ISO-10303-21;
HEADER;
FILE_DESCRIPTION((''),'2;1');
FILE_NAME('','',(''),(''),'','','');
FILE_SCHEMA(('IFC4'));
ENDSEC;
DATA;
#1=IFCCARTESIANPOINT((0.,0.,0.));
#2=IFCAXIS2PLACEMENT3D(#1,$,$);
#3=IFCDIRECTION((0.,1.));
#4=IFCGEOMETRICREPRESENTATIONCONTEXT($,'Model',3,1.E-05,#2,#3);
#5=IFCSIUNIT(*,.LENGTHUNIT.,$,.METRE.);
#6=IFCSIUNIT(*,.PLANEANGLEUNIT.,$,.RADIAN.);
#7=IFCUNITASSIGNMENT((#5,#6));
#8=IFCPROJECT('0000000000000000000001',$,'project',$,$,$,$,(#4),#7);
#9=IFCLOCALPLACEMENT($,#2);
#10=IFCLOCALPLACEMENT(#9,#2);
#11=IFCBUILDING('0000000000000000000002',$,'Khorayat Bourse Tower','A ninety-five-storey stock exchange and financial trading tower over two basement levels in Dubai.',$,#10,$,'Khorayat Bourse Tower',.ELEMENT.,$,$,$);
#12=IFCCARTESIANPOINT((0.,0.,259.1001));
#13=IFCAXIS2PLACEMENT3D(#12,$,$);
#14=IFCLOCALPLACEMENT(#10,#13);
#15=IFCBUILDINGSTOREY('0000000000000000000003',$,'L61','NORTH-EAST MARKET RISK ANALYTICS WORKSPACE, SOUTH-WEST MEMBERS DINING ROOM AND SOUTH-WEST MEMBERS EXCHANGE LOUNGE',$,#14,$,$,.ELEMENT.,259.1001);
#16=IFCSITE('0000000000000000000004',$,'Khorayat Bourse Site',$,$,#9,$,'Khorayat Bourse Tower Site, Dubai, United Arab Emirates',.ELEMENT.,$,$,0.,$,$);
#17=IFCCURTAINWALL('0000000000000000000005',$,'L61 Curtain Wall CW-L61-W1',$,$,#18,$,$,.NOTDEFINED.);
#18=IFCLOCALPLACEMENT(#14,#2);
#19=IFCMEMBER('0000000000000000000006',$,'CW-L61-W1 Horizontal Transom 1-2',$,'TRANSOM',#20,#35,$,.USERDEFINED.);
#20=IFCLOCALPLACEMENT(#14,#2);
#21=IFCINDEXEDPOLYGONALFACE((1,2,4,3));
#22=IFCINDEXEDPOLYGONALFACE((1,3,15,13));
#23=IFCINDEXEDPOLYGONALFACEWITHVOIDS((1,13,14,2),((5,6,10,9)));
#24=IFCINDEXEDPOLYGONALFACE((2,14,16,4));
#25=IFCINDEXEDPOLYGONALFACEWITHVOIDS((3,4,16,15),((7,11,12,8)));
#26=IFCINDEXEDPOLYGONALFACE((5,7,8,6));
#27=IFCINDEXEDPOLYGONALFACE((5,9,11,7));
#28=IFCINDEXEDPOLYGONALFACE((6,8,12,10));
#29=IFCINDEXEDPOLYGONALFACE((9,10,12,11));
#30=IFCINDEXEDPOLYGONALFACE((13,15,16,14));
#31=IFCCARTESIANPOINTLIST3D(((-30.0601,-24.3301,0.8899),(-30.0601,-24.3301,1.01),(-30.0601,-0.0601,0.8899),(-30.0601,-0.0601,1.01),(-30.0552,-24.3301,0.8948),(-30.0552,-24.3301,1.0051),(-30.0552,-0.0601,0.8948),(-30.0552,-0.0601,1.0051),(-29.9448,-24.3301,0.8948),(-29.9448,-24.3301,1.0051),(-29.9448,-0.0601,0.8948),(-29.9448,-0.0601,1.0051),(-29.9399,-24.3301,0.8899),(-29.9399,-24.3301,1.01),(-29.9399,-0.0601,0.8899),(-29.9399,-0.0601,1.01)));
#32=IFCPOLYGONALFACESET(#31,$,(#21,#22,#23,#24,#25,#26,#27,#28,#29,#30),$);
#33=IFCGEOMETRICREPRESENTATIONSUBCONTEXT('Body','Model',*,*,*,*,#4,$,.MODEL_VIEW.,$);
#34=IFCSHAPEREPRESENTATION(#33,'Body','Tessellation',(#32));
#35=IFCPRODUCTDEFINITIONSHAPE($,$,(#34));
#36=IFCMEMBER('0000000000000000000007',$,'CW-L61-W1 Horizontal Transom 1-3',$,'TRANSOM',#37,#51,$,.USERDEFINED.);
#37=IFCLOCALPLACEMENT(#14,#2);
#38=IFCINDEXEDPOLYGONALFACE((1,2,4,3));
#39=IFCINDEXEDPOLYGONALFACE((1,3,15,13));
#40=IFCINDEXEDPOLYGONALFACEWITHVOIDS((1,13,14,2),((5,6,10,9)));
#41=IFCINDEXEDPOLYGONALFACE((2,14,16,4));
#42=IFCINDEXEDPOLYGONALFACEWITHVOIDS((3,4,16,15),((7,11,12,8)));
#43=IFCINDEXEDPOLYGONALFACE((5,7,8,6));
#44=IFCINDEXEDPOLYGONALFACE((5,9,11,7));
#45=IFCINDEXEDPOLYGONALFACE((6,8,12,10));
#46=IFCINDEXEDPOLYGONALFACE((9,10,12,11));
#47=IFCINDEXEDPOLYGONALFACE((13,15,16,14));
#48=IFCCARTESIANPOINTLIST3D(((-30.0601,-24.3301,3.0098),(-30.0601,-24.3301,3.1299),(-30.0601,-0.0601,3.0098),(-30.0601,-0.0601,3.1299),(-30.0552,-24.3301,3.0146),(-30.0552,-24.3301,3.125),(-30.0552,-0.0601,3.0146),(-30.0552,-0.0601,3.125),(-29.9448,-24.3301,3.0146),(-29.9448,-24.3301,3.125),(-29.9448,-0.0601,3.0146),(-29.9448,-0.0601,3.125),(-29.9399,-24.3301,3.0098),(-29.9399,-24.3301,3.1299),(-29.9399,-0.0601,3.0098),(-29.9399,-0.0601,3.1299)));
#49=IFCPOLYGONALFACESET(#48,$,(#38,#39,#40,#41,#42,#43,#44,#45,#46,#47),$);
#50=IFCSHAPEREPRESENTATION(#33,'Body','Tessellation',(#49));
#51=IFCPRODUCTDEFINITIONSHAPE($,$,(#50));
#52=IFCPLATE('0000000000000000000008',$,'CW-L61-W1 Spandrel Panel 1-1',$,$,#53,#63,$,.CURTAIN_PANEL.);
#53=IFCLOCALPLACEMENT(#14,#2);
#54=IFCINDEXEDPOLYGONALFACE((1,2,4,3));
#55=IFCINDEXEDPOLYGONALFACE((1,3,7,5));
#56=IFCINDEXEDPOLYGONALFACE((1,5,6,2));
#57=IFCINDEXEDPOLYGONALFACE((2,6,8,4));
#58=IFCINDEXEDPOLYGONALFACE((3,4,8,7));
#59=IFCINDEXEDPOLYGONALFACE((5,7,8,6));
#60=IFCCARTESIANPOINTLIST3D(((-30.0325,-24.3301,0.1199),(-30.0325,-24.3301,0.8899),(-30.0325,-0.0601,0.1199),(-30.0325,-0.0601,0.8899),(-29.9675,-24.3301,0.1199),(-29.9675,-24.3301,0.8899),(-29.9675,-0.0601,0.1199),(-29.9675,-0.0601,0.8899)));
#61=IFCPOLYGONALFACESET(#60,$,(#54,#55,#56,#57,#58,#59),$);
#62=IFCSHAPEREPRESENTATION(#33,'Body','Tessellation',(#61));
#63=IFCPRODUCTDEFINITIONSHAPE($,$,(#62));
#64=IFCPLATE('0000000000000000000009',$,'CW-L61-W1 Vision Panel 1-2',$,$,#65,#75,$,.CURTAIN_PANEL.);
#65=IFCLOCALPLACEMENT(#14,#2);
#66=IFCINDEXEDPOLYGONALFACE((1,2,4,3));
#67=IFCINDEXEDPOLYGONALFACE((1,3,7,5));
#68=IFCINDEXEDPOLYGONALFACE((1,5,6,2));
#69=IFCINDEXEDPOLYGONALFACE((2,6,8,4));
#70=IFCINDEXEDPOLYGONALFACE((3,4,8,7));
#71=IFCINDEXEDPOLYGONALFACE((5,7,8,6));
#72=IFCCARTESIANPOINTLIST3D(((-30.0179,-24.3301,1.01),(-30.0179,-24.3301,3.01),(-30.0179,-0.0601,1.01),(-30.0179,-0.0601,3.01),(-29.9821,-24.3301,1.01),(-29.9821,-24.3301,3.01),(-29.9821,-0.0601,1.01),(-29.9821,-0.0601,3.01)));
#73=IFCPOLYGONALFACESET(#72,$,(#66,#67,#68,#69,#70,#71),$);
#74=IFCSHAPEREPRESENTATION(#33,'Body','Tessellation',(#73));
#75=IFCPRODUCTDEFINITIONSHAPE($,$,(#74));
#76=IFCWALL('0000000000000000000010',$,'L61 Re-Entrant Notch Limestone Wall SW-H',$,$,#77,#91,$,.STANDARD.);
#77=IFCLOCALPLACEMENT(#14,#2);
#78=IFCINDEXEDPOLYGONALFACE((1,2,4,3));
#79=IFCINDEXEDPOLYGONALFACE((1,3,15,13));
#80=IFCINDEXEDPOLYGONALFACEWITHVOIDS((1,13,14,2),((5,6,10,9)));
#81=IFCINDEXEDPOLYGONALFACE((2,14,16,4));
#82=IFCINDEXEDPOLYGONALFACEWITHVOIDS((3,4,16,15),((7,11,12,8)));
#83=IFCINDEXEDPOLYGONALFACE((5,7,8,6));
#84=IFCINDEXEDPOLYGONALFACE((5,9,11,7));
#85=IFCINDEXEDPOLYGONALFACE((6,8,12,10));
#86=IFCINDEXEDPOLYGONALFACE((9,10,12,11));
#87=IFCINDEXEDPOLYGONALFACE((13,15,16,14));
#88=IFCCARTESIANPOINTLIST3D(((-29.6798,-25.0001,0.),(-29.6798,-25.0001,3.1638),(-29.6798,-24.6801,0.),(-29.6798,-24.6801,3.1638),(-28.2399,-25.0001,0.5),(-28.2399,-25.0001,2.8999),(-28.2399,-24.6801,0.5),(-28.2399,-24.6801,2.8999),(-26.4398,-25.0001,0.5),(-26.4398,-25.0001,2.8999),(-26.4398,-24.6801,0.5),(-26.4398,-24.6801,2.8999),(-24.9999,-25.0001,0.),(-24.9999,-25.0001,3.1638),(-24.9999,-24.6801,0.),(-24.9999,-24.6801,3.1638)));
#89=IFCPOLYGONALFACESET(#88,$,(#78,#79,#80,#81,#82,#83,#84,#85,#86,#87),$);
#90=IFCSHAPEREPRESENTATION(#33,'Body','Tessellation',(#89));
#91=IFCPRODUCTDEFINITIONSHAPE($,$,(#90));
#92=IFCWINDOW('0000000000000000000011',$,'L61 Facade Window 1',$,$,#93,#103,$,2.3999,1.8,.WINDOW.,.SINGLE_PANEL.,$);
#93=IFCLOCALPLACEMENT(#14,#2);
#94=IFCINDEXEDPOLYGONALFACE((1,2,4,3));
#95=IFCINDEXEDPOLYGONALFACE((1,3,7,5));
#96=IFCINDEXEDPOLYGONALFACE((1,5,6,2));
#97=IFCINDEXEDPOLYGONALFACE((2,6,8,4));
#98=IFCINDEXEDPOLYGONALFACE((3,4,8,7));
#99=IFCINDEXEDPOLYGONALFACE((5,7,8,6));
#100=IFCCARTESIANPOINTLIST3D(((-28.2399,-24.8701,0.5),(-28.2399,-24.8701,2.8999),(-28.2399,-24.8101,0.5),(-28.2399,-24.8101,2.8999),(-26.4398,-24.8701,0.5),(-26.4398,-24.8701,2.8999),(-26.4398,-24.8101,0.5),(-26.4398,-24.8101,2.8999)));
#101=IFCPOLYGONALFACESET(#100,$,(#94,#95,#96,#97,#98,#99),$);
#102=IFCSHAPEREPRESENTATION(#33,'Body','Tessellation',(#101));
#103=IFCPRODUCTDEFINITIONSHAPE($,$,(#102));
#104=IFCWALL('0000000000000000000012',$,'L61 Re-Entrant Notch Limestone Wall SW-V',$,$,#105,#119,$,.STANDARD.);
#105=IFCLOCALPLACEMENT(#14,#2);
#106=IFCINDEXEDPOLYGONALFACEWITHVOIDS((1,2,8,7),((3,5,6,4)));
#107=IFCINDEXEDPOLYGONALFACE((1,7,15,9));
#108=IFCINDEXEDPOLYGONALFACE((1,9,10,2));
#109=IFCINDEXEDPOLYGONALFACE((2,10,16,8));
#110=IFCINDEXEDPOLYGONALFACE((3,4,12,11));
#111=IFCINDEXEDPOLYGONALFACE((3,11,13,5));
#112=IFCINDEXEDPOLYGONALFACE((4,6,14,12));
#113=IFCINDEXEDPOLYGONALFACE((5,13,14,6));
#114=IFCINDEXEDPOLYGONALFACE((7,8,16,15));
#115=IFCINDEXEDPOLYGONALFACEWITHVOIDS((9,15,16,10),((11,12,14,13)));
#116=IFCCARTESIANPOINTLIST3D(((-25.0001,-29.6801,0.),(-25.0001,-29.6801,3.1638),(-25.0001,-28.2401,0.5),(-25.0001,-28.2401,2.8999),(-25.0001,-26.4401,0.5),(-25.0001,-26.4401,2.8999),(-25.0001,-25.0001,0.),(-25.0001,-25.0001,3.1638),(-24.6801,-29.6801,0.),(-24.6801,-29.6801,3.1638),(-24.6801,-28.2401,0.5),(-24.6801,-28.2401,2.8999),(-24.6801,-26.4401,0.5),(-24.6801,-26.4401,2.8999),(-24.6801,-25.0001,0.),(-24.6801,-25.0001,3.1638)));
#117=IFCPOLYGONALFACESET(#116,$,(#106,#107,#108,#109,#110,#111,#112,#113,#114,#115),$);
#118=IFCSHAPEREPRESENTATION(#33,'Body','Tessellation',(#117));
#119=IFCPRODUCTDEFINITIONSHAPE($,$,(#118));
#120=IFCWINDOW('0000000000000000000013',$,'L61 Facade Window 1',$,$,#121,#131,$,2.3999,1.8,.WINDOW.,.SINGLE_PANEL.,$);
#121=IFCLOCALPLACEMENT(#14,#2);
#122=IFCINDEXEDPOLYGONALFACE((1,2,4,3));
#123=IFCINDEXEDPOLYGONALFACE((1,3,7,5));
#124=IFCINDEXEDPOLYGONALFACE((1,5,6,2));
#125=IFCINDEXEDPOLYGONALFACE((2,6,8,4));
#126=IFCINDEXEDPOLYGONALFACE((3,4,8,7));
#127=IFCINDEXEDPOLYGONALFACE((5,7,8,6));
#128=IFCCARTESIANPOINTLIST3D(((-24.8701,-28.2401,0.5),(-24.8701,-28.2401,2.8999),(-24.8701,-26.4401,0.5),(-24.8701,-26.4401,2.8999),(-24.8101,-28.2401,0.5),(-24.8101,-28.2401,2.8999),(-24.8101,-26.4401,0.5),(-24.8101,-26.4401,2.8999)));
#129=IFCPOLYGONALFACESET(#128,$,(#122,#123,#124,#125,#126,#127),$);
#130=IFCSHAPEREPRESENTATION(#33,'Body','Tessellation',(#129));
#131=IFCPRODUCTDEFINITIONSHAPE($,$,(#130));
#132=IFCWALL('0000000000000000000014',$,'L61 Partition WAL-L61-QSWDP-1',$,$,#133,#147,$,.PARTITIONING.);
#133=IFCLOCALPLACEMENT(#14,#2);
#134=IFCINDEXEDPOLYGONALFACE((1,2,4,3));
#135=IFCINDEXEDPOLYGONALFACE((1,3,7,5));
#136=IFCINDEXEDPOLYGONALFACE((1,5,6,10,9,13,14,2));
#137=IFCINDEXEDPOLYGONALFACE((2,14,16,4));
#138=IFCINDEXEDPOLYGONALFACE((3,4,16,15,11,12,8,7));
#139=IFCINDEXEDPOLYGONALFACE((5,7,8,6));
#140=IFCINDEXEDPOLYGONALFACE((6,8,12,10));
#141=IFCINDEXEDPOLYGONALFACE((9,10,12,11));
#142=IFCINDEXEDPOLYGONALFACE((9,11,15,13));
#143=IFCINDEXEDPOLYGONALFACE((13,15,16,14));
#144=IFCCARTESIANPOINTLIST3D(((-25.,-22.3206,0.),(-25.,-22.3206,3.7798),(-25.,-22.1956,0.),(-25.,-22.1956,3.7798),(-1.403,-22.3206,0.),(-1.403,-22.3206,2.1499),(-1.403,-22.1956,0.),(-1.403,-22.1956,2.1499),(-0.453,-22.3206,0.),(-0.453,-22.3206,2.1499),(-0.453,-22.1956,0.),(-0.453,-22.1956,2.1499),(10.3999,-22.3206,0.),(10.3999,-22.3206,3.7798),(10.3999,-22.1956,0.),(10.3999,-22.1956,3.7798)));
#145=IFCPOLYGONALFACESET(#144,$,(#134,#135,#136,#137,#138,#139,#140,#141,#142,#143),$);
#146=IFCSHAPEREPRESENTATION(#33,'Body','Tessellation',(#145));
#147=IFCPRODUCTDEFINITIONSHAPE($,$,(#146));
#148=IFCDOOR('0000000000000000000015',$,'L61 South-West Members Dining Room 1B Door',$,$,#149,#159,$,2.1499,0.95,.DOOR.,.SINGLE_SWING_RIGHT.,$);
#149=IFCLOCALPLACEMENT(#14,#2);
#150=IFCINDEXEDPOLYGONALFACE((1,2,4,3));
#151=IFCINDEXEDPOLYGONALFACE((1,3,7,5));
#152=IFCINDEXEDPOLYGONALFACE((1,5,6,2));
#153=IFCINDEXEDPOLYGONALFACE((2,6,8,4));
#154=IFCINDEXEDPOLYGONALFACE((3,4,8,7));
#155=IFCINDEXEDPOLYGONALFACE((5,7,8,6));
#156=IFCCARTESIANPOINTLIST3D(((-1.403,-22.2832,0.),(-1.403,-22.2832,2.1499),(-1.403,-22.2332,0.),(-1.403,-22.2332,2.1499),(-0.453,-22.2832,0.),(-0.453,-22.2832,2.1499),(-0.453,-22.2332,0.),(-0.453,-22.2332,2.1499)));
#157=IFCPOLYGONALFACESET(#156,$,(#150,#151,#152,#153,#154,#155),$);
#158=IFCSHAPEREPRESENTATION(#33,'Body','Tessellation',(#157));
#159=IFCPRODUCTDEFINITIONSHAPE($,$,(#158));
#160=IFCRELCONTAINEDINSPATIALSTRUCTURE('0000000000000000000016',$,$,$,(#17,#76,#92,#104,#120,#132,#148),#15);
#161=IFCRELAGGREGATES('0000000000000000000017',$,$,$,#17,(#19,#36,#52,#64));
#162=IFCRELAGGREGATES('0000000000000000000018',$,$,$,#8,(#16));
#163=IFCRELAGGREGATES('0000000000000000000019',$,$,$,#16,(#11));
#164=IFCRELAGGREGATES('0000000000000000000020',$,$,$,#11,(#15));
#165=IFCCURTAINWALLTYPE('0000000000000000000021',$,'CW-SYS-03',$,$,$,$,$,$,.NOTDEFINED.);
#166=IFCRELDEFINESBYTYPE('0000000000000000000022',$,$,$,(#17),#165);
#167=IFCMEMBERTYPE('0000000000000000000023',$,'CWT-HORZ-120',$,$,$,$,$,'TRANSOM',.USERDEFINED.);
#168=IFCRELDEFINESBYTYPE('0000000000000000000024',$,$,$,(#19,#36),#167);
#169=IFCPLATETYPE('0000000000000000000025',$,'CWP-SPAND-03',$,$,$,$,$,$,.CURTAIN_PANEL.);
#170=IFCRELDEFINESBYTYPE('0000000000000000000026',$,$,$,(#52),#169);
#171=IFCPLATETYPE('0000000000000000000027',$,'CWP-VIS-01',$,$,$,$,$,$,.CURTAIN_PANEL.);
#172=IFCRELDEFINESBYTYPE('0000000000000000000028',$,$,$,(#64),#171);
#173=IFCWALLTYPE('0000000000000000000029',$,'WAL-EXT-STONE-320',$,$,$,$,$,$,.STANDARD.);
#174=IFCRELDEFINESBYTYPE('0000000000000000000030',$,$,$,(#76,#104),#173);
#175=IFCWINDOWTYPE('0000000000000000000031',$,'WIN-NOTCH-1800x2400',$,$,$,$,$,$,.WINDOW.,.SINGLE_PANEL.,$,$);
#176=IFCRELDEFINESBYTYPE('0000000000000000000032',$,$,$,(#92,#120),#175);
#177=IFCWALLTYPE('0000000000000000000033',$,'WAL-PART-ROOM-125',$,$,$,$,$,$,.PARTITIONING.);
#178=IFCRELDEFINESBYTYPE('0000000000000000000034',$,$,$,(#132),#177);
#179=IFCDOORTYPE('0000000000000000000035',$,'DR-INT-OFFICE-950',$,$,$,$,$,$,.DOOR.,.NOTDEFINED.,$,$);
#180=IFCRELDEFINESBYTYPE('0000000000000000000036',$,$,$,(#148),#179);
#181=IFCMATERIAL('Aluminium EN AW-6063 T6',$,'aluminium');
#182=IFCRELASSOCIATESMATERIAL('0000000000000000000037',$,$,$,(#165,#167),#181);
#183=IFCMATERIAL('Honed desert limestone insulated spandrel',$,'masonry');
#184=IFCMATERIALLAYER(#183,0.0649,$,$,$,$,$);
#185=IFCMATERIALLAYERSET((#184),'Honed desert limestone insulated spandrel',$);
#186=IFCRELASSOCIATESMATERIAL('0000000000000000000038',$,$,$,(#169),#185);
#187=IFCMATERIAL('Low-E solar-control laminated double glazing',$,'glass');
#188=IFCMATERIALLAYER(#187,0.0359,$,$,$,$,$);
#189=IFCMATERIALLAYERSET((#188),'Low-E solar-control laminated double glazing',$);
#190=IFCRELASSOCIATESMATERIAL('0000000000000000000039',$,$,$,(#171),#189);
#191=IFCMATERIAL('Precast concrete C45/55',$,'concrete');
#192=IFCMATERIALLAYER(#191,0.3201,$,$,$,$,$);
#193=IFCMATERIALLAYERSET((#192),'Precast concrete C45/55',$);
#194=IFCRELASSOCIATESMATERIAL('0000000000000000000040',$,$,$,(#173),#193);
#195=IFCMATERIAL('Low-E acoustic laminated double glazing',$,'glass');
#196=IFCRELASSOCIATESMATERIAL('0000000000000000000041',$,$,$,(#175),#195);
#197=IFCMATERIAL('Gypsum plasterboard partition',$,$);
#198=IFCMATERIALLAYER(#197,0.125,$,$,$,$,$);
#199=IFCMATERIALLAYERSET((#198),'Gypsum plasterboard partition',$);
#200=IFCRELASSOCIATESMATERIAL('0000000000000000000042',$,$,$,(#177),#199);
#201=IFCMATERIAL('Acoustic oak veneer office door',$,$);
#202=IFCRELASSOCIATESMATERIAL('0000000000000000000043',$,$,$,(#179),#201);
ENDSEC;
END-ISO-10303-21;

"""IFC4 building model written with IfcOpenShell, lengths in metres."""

from ifc_helpers import new_model, si_unit, direction, frame, frame_2d, origin, origin_2d, place, context, subcontext, project, spatial, rectangle, hollow_rectangle, extrude, source, transform, mapped, material, layer, layer_set, material_profile, profile_set, type_object, element, fill, aggregate, save


model = new_model("IFC4")

# Units and contexts
model_context = context("Model", 3, precision=1e-05, world=origin(), true_north=direction((0.0, 1.0)))
body_context = subcontext(model_context, "Body", "Model", "MODEL_VIEW")
ifc_project = project(units=[si_unit("LENGTHUNIT", "METRE"), si_unit("PLANEANGLEUNIT", "RADIAN")], contexts=[model_context])

# Site, building, storey
site_placement = place(None, origin())
site = spatial("IfcSite", under=ifc_project, at=site_placement, Name="Khorayat Bourse Site", LongName="Khorayat Bourse Tower Site, Dubai, United Arab Emirates", CompositionType="ELEMENT", RefElevation=0.0)
building_placement = place(site_placement, origin())
building = spatial("IfcBuilding", under=site, at=building_placement, Name="Khorayat Bourse Tower", Description="A ninety-five-storey stock exchange and financial trading tower over two basement levels in Dubai.", LongName="Khorayat Bourse Tower", CompositionType="ELEMENT")
storey_placement = place(building_placement, frame((0.0, 0.0, 259.1001)))
storey = spatial("IfcBuildingStorey", under=building, at=storey_placement, Name="L61", Description="NORTH-EAST MARKET RISK ANALYTICS WORKSPACE, SOUTH-WEST MEMBERS DINING ROOM AND SOUTH-WEST MEMBERS EXCHANGE LOUNGE", CompositionType="ELEMENT", Elevation=259.1001)

# Shared definitions
ifc_material_1 = material(Name="Aluminium EN AW-6063 T6", Category="aluminium")
curtain_wall_type = type_object("IfcCurtainWallType", Name="CW-SYS-03", PredefinedType="NOTDEFINED", material=ifc_material_1)

# Curtain wall, members, plates
curtain_wall_1_placement = place(storey_placement, origin())
curtain_wall_1 = element("IfcCurtainWall", 1, at=curtain_wall_1_placement, inside=storey, type_object=curtain_wall_type, Name="L61 Curtain Wall CW-L61-W1", PredefinedType="NOTDEFINED")
ifc_material_profile_1 = material_profile(ifc_material_1, hollow_rectangle(XDim=0.1201, YDim=0.1201, WallThickness=0.0049, at=origin_2d()), Name="ALU 120x120x5")
ifc_profile_set_1 = profile_set([ifc_material_profile_1], Name="Aluminium EN AW-6063 T6")
member_type_1 = type_object("IfcMemberType", Name="CWT-HORZ-120", ElementType="TRANSOM", PredefinedType="USERDEFINED", material=ifc_profile_set_1)
shared_shape_1 = source(origin(), body_context, "Body", "SweptSolid", [
    extrude(hollow_rectangle(XDim=0.1201, YDim=0.1201, WallThickness=0.0049, at=origin_2d()), origin(), (0.0, 0.0, 1.0), 24.27),
])
member_1_placement = place(storey_placement, frame((-30.0, -24.3301, 0.95), z_axis=(0.0, 1.0, 0.0), x_axis=(-1.0, 0.0, 0.0)))
member_1 = element("IfcMember", 2, at=member_1_placement, type_object=member_type_1, Name="CW-L61-W1 Horizontal Transom 1-2", ObjectType="TRANSOM", PredefinedType="USERDEFINED", context=body_context, shape_type="MappedRepresentation", body=[
    mapped(shared_shape_1, transform((0.0, 0.0, 0.0), scale=1.0)),
])
member_2_placement = place(storey_placement, frame((-30.0, -24.3301, 3.0698), z_axis=(0.0, 1.0, 0.0), x_axis=(-1.0, 0.0, 0.0)))
member_2 = element("IfcMember", 3, at=member_2_placement, type_object=member_type_1, Name="CW-L61-W1 Horizontal Transom 1-3", ObjectType="TRANSOM", PredefinedType="USERDEFINED", context=body_context, shape_type="MappedRepresentation", body=[
    mapped(shared_shape_1, transform((0.0, 0.0, 0.0), scale=1.0)),
])
ifc_material_2 = material(Name="Honed desert limestone insulated spandrel", Category="masonry")
ifc_layer_1 = layer(ifc_material_2, 0.0649)
ifc_layer_set_1 = layer_set([ifc_layer_1], Name="Honed desert limestone insulated spandrel")
plate_type_1 = type_object("IfcPlateType", Name="CWP-SPAND-03", PredefinedType="CURTAIN_PANEL", material=ifc_layer_set_1)
shared_shape_2 = source(origin(), body_context, "Body", "SweptSolid", [
    extrude(rectangle(XDim=24.27, YDim=0.0649, at=origin_2d()), origin(), (0.0, 0.0, 1.0), 0.77),
])
plate_1_placement = place(storey_placement, frame((-30.0, -12.1951, 0.1199), z_axis=(0.0, 0.0, 1.0), x_axis=(0.0, 1.0, 0.0)))
plate_1 = element("IfcPlate", 4, at=plate_1_placement, type_object=plate_type_1, Name="CW-L61-W1 Spandrel Panel 1-1", PredefinedType="CURTAIN_PANEL", context=body_context, shape_type="MappedRepresentation", body=[
    mapped(shared_shape_2, transform((0.0, 0.0, 0.0), scale=1.0)),
])
ifc_material_3 = material(Name="Low-E solar-control laminated double glazing", Category="glass")
ifc_layer_2 = layer(ifc_material_3, 0.0359)
ifc_layer_set_2 = layer_set([ifc_layer_2], Name="Low-E solar-control laminated double glazing")
plate_type_2 = type_object("IfcPlateType", Name="CWP-VIS-01", PredefinedType="CURTAIN_PANEL", material=ifc_layer_set_2)
shared_shape_3 = source(origin(), body_context, "Body", "SweptSolid", [
    extrude(rectangle(XDim=24.27, YDim=0.0359, at=origin_2d()), origin(), (0.0, 0.0, 1.0), 2.0),
])
plate_2_placement = place(storey_placement, frame((-30.0, -12.1951, 1.01), z_axis=(0.0, 0.0, 1.0), x_axis=(0.0, 1.0, 0.0)))
plate_2 = element("IfcPlate", 5, at=plate_2_placement, type_object=plate_type_2, Name="CW-L61-W1 Vision Panel 1-2", PredefinedType="CURTAIN_PANEL", context=body_context, shape_type="MappedRepresentation", body=[
    mapped(shared_shape_3, transform((0.0, 0.0, 0.0), scale=1.0)),
])
aggregate(curtain_wall_1, [member_1, member_2, plate_1, plate_2])

# Walls, openings, windows
ifc_material_4 = material(Name="Precast concrete C45/55", Category="concrete")
ifc_layer_3 = layer(ifc_material_4, 0.3201)
ifc_layer_set_3 = layer_set([ifc_layer_3], Name="Precast concrete C45/55")
wall_type_1 = type_object("IfcWallType", Name="WAL-EXT-STONE-320", PredefinedType="STANDARD", material=ifc_layer_set_3)
shared_shape_4 = source(origin(), body_context, "Body", "SweptSolid", [
    extrude(rectangle(XDim=4.6799, YDim=0.3201, at=frame_2d((2.3398, 0.0))), origin(), (0.0, 0.0, 1.0), 3.1638),
])
wall_1_placement = place(storey_placement, frame((-25.0, -24.8401, 0.0), z_axis=(0.0, 0.0, 1.0), x_axis=(-1.0, 0.0, 0.0)))
wall_1 = element("IfcWall", 6, at=wall_1_placement, inside=storey, type_object=wall_type_1, Name="L61 Re-Entrant Notch Limestone Wall SW-H", PredefinedType="STANDARD", context=body_context, shape_type="MappedRepresentation", body=[
    mapped(shared_shape_4, transform((0.0, 0.0, 0.0), scale=1.0)),
])
shared_shape_5 = source(origin(), body_context, "Body", "SweptSolid", [
    extrude(rectangle(XDim=1.8, YDim=2.3999, at=frame_2d((0.8999, 1.2))), frame((0.0, 0.1699, 0.0), z_axis=(0.0, -1.0, 0.0), x_axis=(1.0, 0.0, 0.0)), (0.0, 0.0, 1.0), 0.3401),
])
opening_1_placement = place(wall_1_placement, frame((1.4399, 0.0, 0.5)))
opening_1 = element("IfcOpeningElement", 7, at=opening_1_placement, cuts=wall_1, PredefinedType="OPENING", context=body_context, shape_type="MappedRepresentation", body=[
    mapped(shared_shape_5, transform((0.0, 0.0, 0.0), scale=1.0)),
])
ifc_material_5 = material(Name="Low-E acoustic laminated double glazing", Category="glass")
window_type = type_object("IfcWindowType", Name="WIN-NOTCH-1800x2400", PartitioningType="SINGLE_PANEL", PredefinedType="WINDOW", material=ifc_material_5)
shared_shape_6 = source(origin(), body_context, "Body", "SweptSolid", [
    extrude(rectangle(XDim=1.8, YDim=2.3999, at=frame_2d((0.8999, 1.2))), frame((0.0, 0.03, 0.0), z_axis=(0.0, -1.0, 0.0), x_axis=(1.0, 0.0, 0.0)), (0.0, 0.0, 1.0), 0.0601),
])
window_1_placement = place(opening_1_placement, origin())
window_1 = element("IfcWindow", 8, at=window_1_placement, inside=storey, type_object=window_type, Name="L61 Facade Window 1", OverallHeight=2.3999, OverallWidth=1.8, PartitioningType="SINGLE_PANEL", PredefinedType="WINDOW", context=body_context, shape_type="MappedRepresentation", body=[
    mapped(shared_shape_6, transform((0.0, 0.0, 0.0), scale=1.0)),
])
fill(opening_1, window_1)
wall_2_placement = place(storey_placement, frame((-24.8401, -29.6799, 0.0), z_axis=(0.0, 0.0, 1.0), x_axis=(0.0, 1.0, 0.0)))
wall_2 = element("IfcWall", 9, at=wall_2_placement, inside=storey, type_object=wall_type_1, Name="L61 Re-Entrant Notch Limestone Wall SW-V", PredefinedType="STANDARD", context=body_context, shape_type="MappedRepresentation", body=[
    mapped(shared_shape_4, transform((0.0, 0.0, 0.0), scale=1.0)),
])
opening_2_placement = place(wall_2_placement, frame((1.4399, 0.0, 0.5)))
opening_2 = element("IfcOpeningElement", 10, at=opening_2_placement, cuts=wall_2, PredefinedType="OPENING", context=body_context, shape_type="MappedRepresentation", body=[
    mapped(shared_shape_5, transform((0.0, 0.0, 0.0), scale=1.0)),
])
window_2_placement = place(opening_2_placement, origin())
window_2 = element("IfcWindow", 11, at=window_2_placement, inside=storey, type_object=window_type, Name="L61 Facade Window 1", OverallHeight=2.3999, OverallWidth=1.8, PartitioningType="SINGLE_PANEL", PredefinedType="WINDOW", context=body_context, shape_type="MappedRepresentation", body=[
    mapped(shared_shape_6, transform((0.0, 0.0, 0.0), scale=1.0)),
])
fill(opening_2, window_2)

# Wall, opening, door
ifc_material_6 = material(Name="Gypsum plasterboard partition")
ifc_layer_4 = layer(ifc_material_6, 0.125)
ifc_layer_set_4 = layer_set([ifc_layer_4], Name="Gypsum plasterboard partition")
wall_type_2 = type_object("IfcWallType", Name="WAL-PART-ROOM-125", PredefinedType="PARTITIONING", material=ifc_layer_set_4)
shared_shape_7 = source(origin(), body_context, "Body", "SweptSolid", [
    extrude(rectangle(XDim=35.3999, YDim=0.125, at=frame_2d((17.7, 0.0))), origin(), (0.0, 0.0, 1.0), 3.7798),
])
wall_3_placement = place(storey_placement, frame((-25.0, -22.2581, 0.0), z_axis=(0.0, 0.0, 1.0), x_axis=(1.0, 0.0, 0.0)))
wall_3 = element("IfcWall", 12, at=wall_3_placement, inside=storey, type_object=wall_type_2, Name="L61 Partition WAL-L61-QSWDP-1", PredefinedType="PARTITIONING", context=body_context, shape_type="MappedRepresentation", body=[
    mapped(shared_shape_7, transform((0.0, 0.0, 0.0), scale=1.0)),
])
shared_shape_8 = source(origin(), body_context, "Body", "SweptSolid", [
    extrude(rectangle(XDim=0.95, YDim=2.1499, at=frame_2d((0.4751, 1.075))), frame((0.0, 0.0725, 0.0), z_axis=(0.0, -1.0, 0.0), x_axis=(1.0, 0.0, 0.0)), (0.0, 0.0, 1.0), 0.145),
])
opening_3_placement = place(wall_3_placement, frame((23.5969, 0.0, 0.0)))
opening_3 = element("IfcOpeningElement", 13, at=opening_3_placement, cuts=wall_3, PredefinedType="OPENING", context=body_context, shape_type="MappedRepresentation", body=[
    mapped(shared_shape_8, transform((0.0, 0.0, 0.0), scale=1.0)),
])
ifc_material_7 = material(Name="Acoustic oak veneer office door")
door_type = type_object("IfcDoorType", Name="DR-INT-OFFICE-950", OperationType="NOTDEFINED", PredefinedType="DOOR", material=ifc_material_7)
shared_shape_9 = source(origin(), body_context, "Body", "SweptSolid", [
    extrude(rectangle(XDim=0.95, YDim=2.1499, at=frame_2d((0.4751, 1.075))), frame((0.0, 0.0249, 0.0), z_axis=(0.0, -1.0, 0.0), x_axis=(1.0, 0.0, 0.0)), (0.0, 0.0, 1.0), 0.05),
])
door_placement = place(opening_3_placement, origin())
door = element("IfcDoor", 14, at=door_placement, inside=storey, type_object=door_type, Name="L61 South-West Members Dining Room 1B Door", OperationType="SINGLE_SWING_RIGHT", OverallHeight=2.1499, OverallWidth=0.95, PredefinedType="DOOR", context=body_context, shape_type="MappedRepresentation", body=[
    mapped(shared_shape_9, transform((0.0, 0.0, 0.0), scale=1.0)),
])
fill(opening_3, door)

save(model, "model.ifc")
